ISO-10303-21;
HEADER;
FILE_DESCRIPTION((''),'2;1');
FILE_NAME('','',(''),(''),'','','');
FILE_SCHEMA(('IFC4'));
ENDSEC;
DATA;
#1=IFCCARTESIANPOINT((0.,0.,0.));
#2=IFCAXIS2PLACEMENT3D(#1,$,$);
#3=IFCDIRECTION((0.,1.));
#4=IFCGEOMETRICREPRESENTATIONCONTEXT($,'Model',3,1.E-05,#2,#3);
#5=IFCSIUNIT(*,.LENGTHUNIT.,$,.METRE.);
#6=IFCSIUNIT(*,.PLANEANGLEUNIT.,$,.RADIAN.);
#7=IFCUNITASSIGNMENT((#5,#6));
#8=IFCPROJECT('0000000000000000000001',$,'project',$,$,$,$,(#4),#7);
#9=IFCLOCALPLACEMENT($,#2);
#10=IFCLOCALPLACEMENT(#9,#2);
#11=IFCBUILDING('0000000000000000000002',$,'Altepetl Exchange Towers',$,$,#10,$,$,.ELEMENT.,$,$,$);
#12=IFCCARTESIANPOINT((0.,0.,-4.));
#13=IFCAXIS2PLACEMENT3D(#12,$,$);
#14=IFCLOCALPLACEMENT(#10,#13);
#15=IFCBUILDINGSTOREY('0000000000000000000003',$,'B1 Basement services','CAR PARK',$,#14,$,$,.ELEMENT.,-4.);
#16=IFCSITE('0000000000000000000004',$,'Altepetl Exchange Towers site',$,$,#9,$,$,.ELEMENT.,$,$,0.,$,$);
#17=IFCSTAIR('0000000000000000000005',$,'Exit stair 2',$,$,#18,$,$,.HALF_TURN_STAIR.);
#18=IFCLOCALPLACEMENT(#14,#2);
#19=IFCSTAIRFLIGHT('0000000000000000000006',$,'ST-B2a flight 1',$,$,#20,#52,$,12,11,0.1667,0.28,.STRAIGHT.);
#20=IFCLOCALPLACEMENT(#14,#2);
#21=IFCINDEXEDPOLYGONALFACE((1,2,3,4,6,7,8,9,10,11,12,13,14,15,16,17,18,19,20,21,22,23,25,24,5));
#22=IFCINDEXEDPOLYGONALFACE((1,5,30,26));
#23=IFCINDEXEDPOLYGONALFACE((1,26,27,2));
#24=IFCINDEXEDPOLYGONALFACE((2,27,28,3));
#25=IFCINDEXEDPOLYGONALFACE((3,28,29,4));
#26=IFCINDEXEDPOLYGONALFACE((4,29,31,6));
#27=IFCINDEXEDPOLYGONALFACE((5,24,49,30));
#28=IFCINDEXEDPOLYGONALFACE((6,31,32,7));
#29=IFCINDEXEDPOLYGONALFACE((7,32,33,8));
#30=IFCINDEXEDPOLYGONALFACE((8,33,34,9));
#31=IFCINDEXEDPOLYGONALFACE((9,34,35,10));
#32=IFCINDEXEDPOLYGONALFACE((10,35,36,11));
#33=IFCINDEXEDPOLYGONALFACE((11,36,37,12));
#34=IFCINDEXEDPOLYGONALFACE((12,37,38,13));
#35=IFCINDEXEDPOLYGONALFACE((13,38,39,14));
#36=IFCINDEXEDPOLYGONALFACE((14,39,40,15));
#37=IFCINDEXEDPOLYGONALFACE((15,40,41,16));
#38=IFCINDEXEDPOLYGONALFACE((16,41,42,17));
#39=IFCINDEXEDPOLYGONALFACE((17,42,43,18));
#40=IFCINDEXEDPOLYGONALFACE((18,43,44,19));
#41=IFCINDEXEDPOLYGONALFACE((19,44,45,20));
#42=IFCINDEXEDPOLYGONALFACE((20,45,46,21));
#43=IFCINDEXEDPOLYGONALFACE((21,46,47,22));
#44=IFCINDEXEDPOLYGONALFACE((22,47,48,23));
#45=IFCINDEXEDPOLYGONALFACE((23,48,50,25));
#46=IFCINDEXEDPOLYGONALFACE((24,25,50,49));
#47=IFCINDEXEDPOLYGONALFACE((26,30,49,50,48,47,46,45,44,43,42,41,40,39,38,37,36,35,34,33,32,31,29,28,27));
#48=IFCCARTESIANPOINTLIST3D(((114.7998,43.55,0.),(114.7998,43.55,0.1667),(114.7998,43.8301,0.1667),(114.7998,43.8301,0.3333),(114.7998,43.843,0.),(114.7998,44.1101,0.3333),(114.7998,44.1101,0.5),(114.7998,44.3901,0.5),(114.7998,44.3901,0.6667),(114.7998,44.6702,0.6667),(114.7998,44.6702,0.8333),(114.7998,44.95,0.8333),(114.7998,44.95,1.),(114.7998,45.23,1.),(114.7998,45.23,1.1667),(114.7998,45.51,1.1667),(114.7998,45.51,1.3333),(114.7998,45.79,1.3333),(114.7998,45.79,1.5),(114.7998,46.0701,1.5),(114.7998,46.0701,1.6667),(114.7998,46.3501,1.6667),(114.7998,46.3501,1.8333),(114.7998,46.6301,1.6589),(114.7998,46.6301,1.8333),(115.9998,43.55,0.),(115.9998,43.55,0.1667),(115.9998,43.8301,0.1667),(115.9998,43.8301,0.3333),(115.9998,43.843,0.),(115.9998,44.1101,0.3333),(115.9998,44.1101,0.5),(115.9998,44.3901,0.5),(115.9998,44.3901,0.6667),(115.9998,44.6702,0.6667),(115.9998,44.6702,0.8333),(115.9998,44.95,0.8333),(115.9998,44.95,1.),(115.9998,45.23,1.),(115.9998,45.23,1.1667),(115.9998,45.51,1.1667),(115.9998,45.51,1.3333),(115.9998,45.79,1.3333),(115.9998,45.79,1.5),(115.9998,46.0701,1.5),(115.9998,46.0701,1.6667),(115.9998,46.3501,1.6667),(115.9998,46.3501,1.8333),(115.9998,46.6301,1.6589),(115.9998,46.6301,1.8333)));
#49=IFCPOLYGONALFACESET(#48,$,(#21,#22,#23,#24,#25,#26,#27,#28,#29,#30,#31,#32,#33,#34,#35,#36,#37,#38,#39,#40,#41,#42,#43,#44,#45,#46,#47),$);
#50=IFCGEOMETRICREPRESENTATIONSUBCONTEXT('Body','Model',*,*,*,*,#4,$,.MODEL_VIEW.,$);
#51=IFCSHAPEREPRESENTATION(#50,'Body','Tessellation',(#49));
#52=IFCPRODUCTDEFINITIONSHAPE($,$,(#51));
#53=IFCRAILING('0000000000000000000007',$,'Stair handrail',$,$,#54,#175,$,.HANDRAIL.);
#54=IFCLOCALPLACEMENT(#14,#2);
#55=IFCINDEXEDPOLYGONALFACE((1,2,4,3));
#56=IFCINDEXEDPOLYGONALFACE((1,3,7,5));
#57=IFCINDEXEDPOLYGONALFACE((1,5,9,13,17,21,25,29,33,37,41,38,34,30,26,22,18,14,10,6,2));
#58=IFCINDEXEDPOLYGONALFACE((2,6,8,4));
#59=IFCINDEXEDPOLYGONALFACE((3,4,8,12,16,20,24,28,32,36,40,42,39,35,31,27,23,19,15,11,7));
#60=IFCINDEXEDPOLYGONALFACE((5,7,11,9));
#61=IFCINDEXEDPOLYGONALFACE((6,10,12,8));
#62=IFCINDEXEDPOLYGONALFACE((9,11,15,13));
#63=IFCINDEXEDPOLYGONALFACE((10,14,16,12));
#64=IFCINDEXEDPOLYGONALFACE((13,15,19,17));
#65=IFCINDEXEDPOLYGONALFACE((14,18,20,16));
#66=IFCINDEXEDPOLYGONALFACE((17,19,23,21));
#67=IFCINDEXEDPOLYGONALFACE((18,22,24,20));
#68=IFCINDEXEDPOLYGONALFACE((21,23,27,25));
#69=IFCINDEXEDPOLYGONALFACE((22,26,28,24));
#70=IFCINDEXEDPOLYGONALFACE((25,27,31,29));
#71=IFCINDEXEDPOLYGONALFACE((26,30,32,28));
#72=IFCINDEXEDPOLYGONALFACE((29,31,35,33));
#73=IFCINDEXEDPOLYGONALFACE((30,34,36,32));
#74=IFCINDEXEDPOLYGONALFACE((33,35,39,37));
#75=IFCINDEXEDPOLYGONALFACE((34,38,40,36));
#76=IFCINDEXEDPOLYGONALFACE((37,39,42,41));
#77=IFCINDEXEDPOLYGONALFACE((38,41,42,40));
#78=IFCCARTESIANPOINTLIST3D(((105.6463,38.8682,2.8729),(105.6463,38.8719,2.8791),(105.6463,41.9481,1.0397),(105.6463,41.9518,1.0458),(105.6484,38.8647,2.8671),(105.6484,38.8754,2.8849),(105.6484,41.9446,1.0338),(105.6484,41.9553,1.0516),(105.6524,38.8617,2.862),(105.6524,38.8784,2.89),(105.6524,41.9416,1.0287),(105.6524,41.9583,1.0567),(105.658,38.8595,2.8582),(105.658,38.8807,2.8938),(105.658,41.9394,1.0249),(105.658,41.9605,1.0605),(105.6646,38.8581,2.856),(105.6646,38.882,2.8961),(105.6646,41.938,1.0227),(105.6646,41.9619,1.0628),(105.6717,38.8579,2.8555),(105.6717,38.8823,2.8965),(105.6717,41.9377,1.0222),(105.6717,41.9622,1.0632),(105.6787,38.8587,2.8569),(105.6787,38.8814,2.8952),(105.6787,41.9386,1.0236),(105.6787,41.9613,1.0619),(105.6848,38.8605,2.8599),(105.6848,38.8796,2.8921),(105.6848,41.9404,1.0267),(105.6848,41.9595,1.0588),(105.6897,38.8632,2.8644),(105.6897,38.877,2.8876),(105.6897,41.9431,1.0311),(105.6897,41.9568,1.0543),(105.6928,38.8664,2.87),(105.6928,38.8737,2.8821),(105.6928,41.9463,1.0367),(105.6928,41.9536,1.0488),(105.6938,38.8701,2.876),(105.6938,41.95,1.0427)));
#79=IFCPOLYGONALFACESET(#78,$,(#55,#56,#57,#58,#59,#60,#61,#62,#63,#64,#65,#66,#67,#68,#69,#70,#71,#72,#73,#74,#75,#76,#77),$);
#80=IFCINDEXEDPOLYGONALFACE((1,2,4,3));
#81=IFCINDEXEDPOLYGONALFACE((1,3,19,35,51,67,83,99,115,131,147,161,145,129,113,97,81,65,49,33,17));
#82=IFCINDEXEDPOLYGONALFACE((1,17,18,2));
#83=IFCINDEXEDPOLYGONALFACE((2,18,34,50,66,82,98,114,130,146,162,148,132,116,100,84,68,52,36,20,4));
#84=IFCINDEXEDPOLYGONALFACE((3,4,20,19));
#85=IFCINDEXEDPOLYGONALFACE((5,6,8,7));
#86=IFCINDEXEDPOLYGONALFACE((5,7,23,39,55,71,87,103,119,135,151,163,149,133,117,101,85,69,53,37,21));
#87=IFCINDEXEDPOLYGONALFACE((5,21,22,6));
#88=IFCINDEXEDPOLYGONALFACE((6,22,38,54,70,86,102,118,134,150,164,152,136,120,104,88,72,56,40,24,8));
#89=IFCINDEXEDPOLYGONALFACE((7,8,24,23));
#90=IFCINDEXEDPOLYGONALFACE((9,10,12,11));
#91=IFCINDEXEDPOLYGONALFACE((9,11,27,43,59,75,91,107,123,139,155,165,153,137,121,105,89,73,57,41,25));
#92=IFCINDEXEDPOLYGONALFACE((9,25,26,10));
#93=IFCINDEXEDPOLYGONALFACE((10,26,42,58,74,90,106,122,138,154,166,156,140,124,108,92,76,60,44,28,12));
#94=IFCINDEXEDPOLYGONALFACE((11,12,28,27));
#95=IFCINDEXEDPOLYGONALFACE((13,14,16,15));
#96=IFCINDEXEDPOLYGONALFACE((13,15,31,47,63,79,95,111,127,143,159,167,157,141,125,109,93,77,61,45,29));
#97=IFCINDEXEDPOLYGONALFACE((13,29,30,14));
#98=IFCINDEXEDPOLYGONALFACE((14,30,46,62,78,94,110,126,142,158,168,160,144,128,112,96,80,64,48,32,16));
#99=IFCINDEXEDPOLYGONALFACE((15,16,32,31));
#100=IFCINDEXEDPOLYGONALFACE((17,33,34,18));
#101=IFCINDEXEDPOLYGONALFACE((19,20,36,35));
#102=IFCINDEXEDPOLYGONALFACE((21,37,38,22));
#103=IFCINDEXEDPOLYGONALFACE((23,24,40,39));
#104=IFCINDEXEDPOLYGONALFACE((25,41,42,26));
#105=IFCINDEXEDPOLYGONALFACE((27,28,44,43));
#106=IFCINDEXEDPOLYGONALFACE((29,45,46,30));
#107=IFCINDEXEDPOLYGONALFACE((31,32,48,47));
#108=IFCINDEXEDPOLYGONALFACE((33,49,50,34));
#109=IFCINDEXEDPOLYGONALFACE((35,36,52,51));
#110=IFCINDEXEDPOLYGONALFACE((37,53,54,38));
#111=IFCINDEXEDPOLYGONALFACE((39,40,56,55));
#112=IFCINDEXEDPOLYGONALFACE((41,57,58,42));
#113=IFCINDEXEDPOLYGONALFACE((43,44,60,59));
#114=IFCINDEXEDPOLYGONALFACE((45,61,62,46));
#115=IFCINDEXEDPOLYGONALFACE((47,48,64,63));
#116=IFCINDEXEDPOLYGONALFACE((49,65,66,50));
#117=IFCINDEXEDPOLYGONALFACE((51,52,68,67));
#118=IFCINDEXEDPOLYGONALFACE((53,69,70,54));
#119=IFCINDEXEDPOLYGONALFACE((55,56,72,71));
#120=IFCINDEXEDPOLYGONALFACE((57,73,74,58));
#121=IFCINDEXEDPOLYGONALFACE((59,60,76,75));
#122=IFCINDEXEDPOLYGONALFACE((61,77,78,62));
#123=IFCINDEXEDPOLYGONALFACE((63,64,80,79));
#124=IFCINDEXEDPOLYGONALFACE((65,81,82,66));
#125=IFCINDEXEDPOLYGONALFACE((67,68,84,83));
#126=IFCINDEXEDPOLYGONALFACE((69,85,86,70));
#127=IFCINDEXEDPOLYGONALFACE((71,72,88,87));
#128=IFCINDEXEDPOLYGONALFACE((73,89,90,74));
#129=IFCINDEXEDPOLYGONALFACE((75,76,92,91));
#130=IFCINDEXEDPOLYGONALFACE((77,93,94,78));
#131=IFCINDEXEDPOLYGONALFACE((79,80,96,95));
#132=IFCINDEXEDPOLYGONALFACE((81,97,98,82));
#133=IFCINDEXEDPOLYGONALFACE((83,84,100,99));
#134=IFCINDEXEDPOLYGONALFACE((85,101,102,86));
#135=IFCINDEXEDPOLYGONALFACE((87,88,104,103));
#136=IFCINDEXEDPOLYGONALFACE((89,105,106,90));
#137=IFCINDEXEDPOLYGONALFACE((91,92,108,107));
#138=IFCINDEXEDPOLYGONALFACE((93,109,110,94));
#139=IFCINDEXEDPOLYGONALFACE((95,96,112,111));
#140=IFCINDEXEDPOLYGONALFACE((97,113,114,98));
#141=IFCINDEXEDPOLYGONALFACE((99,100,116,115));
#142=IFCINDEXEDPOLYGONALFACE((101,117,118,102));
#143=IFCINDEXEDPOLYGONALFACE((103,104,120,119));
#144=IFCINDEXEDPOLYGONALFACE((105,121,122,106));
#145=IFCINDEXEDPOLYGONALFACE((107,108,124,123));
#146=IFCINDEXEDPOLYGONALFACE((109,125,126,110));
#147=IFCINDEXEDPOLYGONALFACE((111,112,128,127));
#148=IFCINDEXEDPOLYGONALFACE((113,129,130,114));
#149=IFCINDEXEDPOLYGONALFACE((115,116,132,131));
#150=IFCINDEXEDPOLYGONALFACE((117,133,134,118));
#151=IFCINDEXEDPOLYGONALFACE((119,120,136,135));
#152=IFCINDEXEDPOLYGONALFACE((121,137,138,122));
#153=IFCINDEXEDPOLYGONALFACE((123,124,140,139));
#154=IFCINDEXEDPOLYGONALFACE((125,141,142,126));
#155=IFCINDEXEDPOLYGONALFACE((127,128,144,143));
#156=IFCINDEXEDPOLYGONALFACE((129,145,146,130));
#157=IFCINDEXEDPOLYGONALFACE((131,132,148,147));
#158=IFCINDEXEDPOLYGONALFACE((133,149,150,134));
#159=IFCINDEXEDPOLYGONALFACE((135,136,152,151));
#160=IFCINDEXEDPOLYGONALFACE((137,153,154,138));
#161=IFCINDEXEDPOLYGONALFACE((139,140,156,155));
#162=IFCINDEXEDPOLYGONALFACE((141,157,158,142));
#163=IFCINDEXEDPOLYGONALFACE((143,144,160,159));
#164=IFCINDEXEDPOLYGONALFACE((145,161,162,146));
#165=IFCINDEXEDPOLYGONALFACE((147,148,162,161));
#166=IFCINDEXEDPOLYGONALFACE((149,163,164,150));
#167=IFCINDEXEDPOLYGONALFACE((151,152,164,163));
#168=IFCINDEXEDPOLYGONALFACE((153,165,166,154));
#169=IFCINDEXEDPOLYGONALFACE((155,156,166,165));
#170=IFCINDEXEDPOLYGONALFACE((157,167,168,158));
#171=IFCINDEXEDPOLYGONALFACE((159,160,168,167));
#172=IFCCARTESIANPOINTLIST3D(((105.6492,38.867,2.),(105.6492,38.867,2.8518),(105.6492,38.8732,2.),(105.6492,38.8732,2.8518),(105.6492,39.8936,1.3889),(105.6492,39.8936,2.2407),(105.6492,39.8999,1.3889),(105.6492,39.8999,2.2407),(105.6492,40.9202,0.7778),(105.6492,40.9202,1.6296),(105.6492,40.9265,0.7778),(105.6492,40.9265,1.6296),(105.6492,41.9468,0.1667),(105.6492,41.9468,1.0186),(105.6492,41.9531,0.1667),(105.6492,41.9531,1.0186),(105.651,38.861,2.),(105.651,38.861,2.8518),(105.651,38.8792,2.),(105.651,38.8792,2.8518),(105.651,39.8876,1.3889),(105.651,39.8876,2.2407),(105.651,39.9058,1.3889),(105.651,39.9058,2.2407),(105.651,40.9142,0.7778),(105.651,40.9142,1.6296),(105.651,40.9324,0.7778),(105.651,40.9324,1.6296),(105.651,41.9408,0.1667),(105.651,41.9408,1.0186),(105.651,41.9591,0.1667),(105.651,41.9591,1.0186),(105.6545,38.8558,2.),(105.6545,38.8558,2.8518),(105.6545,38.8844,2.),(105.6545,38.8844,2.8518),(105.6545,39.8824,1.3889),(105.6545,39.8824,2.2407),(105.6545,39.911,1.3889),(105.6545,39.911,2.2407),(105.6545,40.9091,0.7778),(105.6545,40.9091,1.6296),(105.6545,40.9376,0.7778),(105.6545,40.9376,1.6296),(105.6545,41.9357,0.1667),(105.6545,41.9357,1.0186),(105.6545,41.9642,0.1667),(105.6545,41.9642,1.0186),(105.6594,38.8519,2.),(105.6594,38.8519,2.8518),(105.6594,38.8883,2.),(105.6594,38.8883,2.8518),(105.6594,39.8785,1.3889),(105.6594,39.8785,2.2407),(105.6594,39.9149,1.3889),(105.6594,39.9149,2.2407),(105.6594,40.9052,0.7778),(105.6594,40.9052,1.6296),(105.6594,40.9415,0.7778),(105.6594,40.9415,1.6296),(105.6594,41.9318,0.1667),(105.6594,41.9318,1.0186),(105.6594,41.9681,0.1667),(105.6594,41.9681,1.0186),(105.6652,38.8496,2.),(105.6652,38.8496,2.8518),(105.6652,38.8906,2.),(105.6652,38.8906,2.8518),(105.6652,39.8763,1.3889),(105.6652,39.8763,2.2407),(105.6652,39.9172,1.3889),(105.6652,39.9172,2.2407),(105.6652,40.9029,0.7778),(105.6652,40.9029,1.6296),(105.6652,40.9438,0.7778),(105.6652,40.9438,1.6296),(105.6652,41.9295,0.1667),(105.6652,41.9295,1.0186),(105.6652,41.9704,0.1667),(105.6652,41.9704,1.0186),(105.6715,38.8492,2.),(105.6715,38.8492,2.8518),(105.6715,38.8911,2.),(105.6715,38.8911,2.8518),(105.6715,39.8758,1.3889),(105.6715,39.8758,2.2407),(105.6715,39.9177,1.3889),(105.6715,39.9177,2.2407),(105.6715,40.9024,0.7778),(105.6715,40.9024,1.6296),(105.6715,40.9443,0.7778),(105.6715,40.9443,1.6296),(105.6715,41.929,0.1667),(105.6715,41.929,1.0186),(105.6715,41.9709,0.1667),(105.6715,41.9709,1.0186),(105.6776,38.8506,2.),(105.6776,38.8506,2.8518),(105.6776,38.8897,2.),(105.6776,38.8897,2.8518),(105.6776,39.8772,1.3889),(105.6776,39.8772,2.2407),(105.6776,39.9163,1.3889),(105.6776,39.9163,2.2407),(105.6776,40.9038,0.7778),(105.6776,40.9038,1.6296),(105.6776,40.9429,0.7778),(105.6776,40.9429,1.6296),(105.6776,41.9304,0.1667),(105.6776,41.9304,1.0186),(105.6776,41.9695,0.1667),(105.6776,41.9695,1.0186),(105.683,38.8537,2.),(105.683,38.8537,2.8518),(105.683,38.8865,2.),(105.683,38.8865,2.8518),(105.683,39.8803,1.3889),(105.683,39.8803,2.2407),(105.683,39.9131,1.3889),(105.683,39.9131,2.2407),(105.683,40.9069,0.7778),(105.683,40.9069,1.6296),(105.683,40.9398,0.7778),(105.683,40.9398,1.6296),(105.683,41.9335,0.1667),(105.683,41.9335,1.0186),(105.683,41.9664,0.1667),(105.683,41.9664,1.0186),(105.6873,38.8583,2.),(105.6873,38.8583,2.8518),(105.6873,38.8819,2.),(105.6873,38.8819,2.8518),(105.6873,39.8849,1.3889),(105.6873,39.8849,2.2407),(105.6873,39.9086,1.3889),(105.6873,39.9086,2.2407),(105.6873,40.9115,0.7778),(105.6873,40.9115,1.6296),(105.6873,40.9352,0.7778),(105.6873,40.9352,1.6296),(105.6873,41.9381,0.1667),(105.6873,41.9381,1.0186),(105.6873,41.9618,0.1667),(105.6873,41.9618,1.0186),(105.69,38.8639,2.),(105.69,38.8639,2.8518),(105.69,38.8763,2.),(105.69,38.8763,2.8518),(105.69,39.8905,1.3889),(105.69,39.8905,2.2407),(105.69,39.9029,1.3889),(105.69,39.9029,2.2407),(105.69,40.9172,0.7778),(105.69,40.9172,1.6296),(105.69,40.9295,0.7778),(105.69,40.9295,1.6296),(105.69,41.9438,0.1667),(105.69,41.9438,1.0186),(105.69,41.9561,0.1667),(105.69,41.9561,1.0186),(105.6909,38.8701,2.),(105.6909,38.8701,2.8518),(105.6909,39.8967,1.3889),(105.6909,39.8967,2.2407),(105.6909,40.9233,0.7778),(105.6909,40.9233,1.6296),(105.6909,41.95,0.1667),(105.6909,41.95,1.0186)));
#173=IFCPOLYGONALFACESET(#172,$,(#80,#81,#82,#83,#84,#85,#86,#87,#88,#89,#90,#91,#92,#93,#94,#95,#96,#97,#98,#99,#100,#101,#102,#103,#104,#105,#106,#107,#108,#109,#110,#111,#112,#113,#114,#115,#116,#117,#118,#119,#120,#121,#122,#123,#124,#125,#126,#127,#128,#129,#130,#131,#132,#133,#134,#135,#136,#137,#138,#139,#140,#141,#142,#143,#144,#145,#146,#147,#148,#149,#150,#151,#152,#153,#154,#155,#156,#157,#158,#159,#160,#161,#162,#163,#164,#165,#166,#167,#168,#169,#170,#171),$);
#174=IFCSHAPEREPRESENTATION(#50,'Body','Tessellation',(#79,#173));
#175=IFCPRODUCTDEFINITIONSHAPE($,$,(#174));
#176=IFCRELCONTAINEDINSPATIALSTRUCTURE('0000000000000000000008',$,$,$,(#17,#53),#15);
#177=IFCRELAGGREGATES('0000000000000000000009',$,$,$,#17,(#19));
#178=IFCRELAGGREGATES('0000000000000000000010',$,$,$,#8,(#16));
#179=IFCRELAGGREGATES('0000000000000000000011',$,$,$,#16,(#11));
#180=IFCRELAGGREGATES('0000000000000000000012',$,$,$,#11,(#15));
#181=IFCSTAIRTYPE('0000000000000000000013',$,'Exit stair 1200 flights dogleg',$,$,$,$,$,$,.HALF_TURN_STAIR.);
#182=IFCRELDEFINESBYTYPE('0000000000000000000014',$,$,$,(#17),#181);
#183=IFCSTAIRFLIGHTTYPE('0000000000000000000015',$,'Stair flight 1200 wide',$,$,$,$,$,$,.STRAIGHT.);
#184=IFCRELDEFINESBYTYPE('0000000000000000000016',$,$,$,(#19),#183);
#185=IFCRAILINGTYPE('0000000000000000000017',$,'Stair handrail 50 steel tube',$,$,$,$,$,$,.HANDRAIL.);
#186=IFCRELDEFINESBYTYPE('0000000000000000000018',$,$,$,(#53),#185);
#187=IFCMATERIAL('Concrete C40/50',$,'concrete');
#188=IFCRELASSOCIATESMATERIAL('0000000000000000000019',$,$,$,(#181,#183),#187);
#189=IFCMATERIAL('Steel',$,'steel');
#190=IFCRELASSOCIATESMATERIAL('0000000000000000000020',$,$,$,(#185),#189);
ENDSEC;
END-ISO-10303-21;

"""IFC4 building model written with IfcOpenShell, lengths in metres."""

from ifc_helpers import new_model, si_unit, direction, frame, origin, origin_2d, place, context, subcontext, project, spatial, polyline, circle, outline, extrude, source, transform, mapped, material, type_object, element, aggregate, save


model = new_model("IFC4")

# Units and contexts
model_context = context("Model", 3, precision=1e-05, world=origin(), true_north=direction((0.0, 1.0)))
body_context = subcontext(model_context, "Body", "Model", "MODEL_VIEW")
ifc_project = project(units=[si_unit("LENGTHUNIT", "METRE"), si_unit("PLANEANGLEUNIT", "RADIAN")], contexts=[model_context])

# Site, building, storey
site_placement = place(None, origin())
site = spatial("IfcSite", under=ifc_project, at=site_placement, Name="Altepetl Exchange Towers site", CompositionType="ELEMENT", RefElevation=0.0)
building_placement = place(site_placement, origin())
building = spatial("IfcBuilding", under=site, at=building_placement, Name="Altepetl Exchange Towers", CompositionType="ELEMENT")
storey_placement = place(building_placement, frame((0.0, 0.0, -4.0)))
storey = spatial("IfcBuildingStorey", under=building, at=storey_placement, Name="B1 Basement services", Description="CAR PARK", CompositionType="ELEMENT", Elevation=-4.0)

# Shared definitions
ifc_material_1 = material(Name="Concrete C40/50", Category="concrete")

# Shared definitions
stair_type = type_object("IfcStairType", Name="Exit stair 1200 flights dogleg", PredefinedType="HALF_TURN_STAIR", material=ifc_material_1)
stair_flight_type = type_object("IfcStairFlightType", Name="Stair flight 1200 wide", PredefinedType="STRAIGHT", material=ifc_material_1)

# Stair, stair flight
stair_1_placement = place(storey_placement, origin())
stair_1 = element("IfcStair", 1, at=stair_1_placement, inside=storey, type_object=stair_type, Name="Exit stair 2", PredefinedType="HALF_TURN_STAIR")
stair_flight_1_placement = place(storey_placement, frame((115.3999, 43.55, 0.0), z_axis=(0.0, 0.0, 1.0), x_axis=(0.0, 1.0, 0.0)))
stair_flight_1 = element("IfcStairFlight", 2, at=stair_flight_1_placement, type_object=stair_flight_type, Name="ST-B2a flight 1", NumberOfRisers=12, NumberOfTreads=11, PredefinedType="STRAIGHT", RiserHeight=0.1667, TreadLength=0.28, context=body_context, shape_type="SweptSolid", body=[
    extrude(outline(polyline([(0.0, 0.0), (0.0, 0.1667), (0.28, 0.1667), (0.28, 0.3333), (0.5601, 0.3333), (0.5601, 0.5), (0.8401, 0.5), (0.8401, 0.6667), (1.1201, 0.6667), (1.1201, 0.8333), (1.3999, 0.8333), (1.3999, 1.0), (1.6799, 1.0), (1.6799, 1.1667), (1.96, 1.1667), (1.96, 1.3333), (2.24, 1.3333), (2.24, 1.5), (2.52, 1.5), (2.52, 1.6667), (2.8, 1.6667), (2.8, 1.8333), (3.0801, 1.8333), (3.0801, 2.0), (3.0801, 1.6589), (0.293, 0.0), (0.0, 0.0)])), frame((0.0, 0.6001, 0.0), z_axis=(0.0, -1.0, 0.0), x_axis=(1.0, 0.0, 0.0)), (0.0, 0.0, 1.0), 1.2),
])
aggregate(stair_1, [stair_flight_1])

# Railing
ifc_material_2 = material(Name="Steel", Category="steel")
railing_type = type_object("IfcRailingType", Name="Stair handrail 50 steel tube", PredefinedType="HANDRAIL", material=ifc_material_2)
shared_shape = source(origin(), body_context, "Body", "SweptSolid", [
    extrude(circle(Radius=0.021, at=origin_2d()), origin(), (0.0, 0.0, 1.0), 0.8518),
])
railing_placement = place(storey_placement, frame((105.6699, 41.95, 0.1667)))
element("IfcRailing", 3, at=railing_placement, inside=storey, type_object=railing_type, Name="Stair handrail", PredefinedType="HANDRAIL", context=body_context, shape_type="SweptSolid", body=[
    extrude(circle(Radius=0.0239, at=origin_2d()), frame((0.0, 0.0, 0.876), z_axis=(0.0, -0.859291, 0.511487), x_axis=(1.0, 0.0, 0.0)), (0.0, 0.0, 1.0), 3.5842),
    mapped(shared_shape, transform((0.0, 0.0, 0.0))),
    mapped(shared_shape, transform((0.0, -1.0266, 0.6111))),
    mapped(shared_shape, transform((0.0, -2.0532, 1.2222))),
    mapped(shared_shape, transform((0.0, -3.0798, 1.8333))),
])

save(model, "model.ifc")
